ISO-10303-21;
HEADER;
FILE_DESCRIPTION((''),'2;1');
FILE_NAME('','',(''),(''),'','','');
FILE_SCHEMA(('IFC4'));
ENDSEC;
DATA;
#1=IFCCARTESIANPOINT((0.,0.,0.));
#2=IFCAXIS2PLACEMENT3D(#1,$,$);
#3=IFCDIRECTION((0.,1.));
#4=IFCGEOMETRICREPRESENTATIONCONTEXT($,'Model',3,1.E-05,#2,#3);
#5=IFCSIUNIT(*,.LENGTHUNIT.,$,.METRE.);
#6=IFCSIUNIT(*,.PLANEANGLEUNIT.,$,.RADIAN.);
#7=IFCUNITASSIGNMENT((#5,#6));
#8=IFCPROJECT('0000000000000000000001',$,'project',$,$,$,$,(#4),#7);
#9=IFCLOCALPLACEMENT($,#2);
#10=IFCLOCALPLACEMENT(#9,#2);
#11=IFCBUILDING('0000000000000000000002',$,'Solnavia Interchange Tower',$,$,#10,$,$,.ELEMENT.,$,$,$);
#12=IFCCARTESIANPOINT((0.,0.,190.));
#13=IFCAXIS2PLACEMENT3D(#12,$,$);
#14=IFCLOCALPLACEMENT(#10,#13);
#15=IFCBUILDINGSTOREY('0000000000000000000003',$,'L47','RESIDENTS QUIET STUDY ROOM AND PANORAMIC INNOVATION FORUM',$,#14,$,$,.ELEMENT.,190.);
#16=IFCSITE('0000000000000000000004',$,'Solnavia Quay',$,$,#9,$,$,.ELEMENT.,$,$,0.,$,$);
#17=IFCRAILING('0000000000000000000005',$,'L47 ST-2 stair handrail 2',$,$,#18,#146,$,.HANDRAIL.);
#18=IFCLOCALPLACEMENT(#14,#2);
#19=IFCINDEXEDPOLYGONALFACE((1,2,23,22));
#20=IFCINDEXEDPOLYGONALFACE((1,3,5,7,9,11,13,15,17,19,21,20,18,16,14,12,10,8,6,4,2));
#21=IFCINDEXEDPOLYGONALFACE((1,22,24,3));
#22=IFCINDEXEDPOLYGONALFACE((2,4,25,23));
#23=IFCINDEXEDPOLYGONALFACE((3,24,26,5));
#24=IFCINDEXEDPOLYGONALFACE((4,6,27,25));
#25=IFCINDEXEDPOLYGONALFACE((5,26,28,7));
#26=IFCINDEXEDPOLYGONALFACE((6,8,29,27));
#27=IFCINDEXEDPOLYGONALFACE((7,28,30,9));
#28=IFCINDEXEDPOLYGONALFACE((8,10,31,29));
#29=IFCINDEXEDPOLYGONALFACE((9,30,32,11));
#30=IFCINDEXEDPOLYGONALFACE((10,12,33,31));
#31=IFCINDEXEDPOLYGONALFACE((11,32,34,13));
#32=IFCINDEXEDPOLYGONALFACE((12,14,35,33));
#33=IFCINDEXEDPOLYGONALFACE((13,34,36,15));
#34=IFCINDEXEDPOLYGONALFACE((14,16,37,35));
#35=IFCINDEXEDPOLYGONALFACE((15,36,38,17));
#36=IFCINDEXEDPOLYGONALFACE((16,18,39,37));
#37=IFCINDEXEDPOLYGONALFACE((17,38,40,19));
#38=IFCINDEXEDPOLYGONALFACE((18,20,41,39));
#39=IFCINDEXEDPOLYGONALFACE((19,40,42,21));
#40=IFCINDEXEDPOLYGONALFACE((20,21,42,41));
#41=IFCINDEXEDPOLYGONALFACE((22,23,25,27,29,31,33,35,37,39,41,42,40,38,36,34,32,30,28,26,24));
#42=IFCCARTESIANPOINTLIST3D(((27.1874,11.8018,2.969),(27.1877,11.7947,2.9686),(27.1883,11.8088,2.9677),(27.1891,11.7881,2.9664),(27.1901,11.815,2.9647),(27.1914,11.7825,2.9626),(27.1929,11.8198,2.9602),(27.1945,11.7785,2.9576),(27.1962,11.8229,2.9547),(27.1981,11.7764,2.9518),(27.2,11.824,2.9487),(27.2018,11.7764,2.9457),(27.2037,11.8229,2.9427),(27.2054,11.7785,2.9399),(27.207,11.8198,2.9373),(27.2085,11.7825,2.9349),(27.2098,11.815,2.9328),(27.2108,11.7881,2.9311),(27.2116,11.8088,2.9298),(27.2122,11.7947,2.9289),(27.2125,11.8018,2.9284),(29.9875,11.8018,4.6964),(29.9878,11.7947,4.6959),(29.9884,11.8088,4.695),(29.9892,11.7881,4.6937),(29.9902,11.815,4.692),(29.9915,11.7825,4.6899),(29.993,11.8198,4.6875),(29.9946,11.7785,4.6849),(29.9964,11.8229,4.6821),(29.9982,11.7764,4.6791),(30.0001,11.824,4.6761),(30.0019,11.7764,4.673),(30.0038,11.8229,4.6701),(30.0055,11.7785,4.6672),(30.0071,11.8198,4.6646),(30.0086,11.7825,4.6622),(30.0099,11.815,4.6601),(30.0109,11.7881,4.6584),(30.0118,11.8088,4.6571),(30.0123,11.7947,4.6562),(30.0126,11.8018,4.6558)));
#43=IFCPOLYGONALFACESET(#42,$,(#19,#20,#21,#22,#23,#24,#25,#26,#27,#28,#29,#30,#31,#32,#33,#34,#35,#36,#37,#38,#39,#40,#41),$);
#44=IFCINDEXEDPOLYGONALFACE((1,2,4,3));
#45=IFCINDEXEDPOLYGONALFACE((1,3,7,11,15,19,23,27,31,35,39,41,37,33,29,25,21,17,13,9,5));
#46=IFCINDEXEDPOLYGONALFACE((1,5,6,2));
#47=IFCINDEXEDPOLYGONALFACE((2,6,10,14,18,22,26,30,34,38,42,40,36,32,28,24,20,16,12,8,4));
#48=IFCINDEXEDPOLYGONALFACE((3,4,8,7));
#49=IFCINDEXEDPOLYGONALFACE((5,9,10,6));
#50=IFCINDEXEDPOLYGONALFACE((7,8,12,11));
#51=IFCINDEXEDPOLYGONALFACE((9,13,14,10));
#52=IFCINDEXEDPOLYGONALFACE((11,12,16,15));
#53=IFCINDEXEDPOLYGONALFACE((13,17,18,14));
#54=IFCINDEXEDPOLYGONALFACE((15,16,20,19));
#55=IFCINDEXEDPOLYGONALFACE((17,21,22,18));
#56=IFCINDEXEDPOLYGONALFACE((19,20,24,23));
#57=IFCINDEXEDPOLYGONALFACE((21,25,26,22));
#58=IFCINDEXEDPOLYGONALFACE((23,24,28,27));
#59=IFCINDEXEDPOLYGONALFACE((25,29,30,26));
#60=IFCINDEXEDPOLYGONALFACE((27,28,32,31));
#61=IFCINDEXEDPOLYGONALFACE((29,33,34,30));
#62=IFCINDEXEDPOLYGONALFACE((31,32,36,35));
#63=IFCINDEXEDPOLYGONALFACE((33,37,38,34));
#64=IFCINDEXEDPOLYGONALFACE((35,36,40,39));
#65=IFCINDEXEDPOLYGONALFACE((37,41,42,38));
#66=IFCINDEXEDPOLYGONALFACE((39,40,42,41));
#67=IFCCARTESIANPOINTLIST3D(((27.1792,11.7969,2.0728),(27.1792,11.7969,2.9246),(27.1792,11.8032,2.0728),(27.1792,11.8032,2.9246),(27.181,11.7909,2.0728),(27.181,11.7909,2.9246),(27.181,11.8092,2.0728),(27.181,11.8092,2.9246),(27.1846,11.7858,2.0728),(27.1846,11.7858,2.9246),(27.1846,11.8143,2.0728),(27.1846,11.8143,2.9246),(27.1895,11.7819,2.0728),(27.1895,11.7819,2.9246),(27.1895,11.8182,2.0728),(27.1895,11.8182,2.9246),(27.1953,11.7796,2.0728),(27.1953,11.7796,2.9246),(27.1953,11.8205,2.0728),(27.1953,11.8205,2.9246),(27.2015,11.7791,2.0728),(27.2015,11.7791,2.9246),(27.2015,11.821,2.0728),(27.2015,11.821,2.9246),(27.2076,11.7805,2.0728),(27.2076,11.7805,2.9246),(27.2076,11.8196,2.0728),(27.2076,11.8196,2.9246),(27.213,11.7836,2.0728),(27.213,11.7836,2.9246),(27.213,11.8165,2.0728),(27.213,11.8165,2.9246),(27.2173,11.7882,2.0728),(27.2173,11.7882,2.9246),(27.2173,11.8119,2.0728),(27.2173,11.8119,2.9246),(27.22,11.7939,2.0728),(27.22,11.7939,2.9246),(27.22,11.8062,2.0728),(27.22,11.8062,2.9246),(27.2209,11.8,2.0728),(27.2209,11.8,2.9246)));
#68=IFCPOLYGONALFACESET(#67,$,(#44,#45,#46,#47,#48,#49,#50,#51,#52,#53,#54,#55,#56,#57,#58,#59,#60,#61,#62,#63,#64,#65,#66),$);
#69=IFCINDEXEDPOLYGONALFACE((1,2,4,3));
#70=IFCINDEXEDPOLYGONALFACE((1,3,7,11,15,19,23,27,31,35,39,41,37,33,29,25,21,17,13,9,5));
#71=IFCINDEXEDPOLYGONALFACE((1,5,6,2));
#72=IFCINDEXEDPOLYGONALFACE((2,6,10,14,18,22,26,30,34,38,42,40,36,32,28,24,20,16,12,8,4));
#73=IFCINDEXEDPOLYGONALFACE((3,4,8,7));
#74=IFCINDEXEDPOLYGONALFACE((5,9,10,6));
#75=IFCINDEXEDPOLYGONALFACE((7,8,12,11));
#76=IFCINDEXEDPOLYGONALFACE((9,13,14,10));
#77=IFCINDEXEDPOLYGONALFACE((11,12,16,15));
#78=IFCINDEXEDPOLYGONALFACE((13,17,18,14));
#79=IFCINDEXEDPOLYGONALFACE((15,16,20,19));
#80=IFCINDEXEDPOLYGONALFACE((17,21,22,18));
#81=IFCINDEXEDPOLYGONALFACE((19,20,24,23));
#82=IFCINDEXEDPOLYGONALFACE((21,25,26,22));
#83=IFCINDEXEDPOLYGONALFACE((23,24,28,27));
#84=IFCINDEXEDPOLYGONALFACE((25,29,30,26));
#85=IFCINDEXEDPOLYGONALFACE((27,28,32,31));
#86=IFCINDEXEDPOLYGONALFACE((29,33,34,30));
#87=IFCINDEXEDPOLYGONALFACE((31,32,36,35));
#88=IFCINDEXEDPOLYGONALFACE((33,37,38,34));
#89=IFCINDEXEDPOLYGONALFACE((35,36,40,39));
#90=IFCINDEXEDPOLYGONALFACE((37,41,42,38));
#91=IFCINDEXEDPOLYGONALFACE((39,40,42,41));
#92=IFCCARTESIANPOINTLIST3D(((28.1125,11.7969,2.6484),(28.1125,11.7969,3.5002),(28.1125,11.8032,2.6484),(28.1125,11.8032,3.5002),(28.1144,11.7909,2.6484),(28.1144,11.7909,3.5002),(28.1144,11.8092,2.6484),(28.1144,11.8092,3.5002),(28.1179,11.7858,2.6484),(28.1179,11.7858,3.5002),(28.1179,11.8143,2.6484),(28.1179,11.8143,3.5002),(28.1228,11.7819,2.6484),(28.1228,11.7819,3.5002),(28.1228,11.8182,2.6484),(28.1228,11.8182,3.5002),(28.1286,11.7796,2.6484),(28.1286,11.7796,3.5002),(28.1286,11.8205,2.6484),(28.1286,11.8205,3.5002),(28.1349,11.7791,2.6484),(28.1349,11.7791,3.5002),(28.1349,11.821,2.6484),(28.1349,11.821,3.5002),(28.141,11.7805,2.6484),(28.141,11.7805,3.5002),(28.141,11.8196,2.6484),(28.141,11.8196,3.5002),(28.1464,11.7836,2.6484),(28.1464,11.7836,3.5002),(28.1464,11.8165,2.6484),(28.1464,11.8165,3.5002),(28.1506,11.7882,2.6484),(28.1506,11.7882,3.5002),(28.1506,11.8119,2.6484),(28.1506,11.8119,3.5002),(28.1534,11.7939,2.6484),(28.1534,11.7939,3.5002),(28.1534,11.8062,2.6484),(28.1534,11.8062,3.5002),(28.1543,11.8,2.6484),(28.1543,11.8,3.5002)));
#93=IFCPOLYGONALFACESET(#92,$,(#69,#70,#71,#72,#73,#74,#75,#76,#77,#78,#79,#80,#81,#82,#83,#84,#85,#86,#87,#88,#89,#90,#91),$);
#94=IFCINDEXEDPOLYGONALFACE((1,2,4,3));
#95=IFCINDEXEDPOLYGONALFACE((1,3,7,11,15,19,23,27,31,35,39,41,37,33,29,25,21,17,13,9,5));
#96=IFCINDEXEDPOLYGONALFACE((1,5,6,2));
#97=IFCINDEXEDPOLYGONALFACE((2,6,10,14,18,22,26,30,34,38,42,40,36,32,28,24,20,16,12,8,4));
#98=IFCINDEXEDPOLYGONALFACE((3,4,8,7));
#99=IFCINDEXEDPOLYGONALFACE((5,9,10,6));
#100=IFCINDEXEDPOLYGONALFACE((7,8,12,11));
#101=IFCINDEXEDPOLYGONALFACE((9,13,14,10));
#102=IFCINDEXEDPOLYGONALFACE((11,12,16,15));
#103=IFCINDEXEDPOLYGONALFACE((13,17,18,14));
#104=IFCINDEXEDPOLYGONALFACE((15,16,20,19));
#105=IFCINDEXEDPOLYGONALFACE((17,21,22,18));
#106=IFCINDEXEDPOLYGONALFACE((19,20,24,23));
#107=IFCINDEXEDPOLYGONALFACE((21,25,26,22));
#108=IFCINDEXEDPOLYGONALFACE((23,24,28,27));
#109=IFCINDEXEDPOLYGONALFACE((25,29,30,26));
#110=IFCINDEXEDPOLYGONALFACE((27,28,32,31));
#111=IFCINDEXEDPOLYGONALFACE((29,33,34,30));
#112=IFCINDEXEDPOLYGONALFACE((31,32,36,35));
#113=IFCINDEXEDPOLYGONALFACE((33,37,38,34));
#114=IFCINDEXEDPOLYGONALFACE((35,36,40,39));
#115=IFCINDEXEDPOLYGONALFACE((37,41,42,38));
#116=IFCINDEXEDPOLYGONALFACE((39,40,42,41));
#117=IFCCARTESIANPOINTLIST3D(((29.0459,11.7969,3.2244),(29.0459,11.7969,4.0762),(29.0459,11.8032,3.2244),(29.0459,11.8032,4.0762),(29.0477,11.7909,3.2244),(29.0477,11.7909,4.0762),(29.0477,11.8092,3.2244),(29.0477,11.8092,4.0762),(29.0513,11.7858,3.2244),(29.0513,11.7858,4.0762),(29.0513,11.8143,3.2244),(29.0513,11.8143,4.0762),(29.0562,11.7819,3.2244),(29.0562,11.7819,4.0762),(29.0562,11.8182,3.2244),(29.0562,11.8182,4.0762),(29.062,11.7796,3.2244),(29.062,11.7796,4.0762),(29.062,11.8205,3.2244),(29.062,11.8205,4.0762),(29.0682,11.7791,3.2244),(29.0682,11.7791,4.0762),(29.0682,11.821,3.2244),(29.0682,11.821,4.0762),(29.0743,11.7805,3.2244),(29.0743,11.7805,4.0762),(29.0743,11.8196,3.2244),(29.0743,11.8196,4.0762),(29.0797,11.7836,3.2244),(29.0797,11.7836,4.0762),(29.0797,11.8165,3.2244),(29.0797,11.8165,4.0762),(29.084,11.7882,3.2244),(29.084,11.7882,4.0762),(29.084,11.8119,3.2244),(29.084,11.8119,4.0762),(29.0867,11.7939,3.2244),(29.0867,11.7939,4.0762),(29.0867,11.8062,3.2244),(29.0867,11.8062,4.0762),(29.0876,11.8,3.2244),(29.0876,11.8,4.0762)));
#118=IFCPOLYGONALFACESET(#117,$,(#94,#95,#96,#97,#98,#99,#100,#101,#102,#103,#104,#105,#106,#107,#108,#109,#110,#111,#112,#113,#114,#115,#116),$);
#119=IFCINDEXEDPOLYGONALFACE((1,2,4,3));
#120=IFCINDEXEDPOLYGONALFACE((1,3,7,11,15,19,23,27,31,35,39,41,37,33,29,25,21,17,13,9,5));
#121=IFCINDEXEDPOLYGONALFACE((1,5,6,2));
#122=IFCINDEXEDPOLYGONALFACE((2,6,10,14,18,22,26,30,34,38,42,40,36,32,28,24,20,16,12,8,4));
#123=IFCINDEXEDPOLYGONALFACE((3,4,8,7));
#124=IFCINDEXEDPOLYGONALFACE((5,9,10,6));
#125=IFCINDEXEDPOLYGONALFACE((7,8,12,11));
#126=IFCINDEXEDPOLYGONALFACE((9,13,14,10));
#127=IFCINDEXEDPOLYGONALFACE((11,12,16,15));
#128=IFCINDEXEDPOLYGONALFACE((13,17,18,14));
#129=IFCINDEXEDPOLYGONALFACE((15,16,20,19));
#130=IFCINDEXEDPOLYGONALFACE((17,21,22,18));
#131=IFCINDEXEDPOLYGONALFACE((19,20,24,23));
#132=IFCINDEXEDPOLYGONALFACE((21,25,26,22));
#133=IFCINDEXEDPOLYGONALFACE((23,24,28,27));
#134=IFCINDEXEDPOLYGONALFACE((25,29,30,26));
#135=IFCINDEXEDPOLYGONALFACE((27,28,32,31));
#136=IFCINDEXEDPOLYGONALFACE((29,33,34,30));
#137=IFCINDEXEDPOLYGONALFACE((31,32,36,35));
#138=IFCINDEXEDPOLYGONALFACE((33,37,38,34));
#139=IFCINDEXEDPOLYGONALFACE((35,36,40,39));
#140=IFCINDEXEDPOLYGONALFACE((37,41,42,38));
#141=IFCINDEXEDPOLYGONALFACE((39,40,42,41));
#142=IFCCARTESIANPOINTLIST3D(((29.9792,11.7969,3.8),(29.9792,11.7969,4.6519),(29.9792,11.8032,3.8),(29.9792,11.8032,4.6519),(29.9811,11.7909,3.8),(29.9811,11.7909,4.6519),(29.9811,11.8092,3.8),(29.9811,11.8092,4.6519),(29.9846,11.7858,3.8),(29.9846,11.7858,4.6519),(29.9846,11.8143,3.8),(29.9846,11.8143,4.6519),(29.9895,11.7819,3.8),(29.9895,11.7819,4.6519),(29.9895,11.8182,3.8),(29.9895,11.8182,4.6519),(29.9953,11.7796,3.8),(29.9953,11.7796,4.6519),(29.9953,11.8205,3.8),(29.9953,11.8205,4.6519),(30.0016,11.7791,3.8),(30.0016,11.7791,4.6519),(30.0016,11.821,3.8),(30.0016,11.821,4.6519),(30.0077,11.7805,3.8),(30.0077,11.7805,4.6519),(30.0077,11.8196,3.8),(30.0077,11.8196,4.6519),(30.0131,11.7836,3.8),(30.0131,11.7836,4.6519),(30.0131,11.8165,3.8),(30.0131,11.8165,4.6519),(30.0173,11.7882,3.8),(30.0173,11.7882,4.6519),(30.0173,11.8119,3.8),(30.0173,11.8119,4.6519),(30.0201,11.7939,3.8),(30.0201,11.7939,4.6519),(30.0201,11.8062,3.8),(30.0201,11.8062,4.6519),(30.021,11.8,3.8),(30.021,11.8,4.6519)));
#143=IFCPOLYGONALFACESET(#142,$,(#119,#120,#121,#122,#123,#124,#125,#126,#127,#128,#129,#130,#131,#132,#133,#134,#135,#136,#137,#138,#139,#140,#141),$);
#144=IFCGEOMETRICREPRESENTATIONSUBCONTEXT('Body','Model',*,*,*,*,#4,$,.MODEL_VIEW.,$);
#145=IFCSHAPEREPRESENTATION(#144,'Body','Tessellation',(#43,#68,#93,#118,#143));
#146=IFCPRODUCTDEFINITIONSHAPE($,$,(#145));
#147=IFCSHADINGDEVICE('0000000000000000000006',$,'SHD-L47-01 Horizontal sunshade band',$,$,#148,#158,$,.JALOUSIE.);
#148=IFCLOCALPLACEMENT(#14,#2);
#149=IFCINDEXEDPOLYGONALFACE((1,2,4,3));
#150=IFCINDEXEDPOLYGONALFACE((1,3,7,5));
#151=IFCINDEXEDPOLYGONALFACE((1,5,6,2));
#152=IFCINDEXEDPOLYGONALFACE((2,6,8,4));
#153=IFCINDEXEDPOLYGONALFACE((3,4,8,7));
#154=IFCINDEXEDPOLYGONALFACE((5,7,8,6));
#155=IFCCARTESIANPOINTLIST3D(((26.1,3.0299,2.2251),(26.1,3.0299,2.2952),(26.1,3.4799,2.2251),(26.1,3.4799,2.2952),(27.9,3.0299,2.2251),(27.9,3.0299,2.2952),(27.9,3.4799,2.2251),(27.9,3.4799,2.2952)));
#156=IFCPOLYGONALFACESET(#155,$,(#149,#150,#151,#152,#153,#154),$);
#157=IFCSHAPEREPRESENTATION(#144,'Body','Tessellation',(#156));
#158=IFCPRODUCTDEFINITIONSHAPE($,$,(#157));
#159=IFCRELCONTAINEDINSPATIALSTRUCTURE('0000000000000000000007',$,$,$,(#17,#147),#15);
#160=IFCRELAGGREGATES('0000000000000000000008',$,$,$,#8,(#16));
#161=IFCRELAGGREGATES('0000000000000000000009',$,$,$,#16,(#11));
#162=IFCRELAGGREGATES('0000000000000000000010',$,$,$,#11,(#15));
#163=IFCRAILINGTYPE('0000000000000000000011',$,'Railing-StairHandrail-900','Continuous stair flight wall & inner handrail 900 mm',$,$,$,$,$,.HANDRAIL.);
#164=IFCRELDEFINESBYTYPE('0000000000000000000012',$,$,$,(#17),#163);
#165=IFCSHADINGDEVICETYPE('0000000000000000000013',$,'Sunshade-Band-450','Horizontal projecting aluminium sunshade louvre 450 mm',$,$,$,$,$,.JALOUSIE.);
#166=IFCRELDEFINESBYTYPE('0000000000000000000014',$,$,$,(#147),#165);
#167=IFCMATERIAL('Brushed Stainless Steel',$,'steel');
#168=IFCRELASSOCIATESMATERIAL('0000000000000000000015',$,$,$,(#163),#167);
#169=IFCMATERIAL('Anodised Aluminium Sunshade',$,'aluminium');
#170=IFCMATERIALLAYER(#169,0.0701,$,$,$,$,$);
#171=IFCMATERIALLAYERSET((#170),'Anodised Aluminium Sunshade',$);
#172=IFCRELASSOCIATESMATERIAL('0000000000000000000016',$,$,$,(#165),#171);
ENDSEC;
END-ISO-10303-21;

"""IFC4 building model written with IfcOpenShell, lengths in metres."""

from ifc_helpers import new_model, si_unit, direction, frame, origin, origin_2d, place, context, subcontext, project, spatial, rectangle, circle, extrude, material, layer, layer_set, type_object, element, save


model = new_model("IFC4")

# Units and contexts
model_context = context("Model", 3, precision=1e-05, world=origin(), true_north=direction((0.0, 1.0)))
body_context = subcontext(model_context, "Body", "Model", "MODEL_VIEW")
ifc_project = project(units=[si_unit("LENGTHUNIT", "METRE"), si_unit("PLANEANGLEUNIT", "RADIAN")], contexts=[model_context])

# Site, building, storey
site_placement = place(None, origin())
site = spatial("IfcSite", under=ifc_project, at=site_placement, Name="Solnavia Quay", CompositionType="ELEMENT", RefElevation=0.0)
building_placement = place(site_placement, origin())
building = spatial("IfcBuilding", under=site, at=building_placement, Name="Solnavia Interchange Tower", CompositionType="ELEMENT")
storey_placement = place(building_placement, frame((0.0, 0.0, 190.0)))
storey = spatial("IfcBuildingStorey", under=building, at=storey_placement, Name="L47", Description="RESIDENTS QUIET STUDY ROOM AND PANORAMIC INNOVATION FORUM", CompositionType="ELEMENT", Elevation=190.0)

# Railing
ifc_material_1 = material(Name="Brushed Stainless Steel", Category="steel")
railing_type_1 = type_object("IfcRailingType", Name="Railing-StairHandrail-900", Description="Continuous stair flight wall & inner handrail 900 mm", PredefinedType="HANDRAIL", material=ifc_material_1)
railing_1_placement = place(storey_placement, frame((27.2, 11.8, 2.0728)))
element("IfcRailing", 1, at=railing_1_placement, inside=storey, type_object=railing_type_1, Name="L47 ST-2 stair handrail 2", PredefinedType="HANDRAIL", context=body_context, shape_type="SweptSolid", body=[
    extrude(circle(Radius=0.0239, at=origin_2d()), frame((0.0, 0.0, 0.876), z_axis=(0.85109, 0.0, 0.52502), x_axis=(0.0, 1.0, 0.0)), (0.0, 0.0, 1.0), 3.29),
    extrude(circle(Radius=0.021, at=origin_2d()), origin(), (0.0, 0.0, 1.0), 0.8518),
    extrude(circle(Radius=0.021, at=origin_2d()), frame((0.9333, 0.0, 0.5757)), (0.0, 0.0, 1.0), 0.8518),
    extrude(circle(Radius=0.021, at=origin_2d()), frame((1.8667, 0.0, 1.1516)), (0.0, 0.0, 1.0), 0.8518),
    extrude(circle(Radius=0.021, at=origin_2d()), frame((2.8, 0.0, 1.7273)), (0.0, 0.0, 1.0), 0.8518),
])

# Shading device
ifc_material_2 = material(Name="Anodised Aluminium Sunshade", Category="aluminium")
ifc_layer_1 = layer(ifc_material_2, 0.0701)
ifc_layer_set_1 = layer_set([ifc_layer_1], Name="Anodised Aluminium Sunshade")
shading_device_type = type_object("IfcShadingDeviceType", Name="Sunshade-Band-450", Description="Horizontal projecting aluminium sunshade louvre 450 mm", PredefinedType="JALOUSIE", material=ifc_layer_set_1)
shading_device_placement = place(storey_placement, frame((27.0, 3.2549, 2.2251), z_axis=(0.0, 0.0, 1.0), x_axis=(-1.0, 0.0, 0.0)))
element("IfcShadingDevice", 2, at=shading_device_placement, inside=storey, type_object=shading_device_type, Name="SHD-L47-01 Horizontal sunshade band", PredefinedType="JALOUSIE", context=body_context, shape_type="SweptSolid", body=[
    extrude(rectangle(XDim=1.8, YDim=0.45, at=origin_2d()), origin(), (0.0, 0.0, 1.0), 0.0701),
])

save(model, "model.ifc")
